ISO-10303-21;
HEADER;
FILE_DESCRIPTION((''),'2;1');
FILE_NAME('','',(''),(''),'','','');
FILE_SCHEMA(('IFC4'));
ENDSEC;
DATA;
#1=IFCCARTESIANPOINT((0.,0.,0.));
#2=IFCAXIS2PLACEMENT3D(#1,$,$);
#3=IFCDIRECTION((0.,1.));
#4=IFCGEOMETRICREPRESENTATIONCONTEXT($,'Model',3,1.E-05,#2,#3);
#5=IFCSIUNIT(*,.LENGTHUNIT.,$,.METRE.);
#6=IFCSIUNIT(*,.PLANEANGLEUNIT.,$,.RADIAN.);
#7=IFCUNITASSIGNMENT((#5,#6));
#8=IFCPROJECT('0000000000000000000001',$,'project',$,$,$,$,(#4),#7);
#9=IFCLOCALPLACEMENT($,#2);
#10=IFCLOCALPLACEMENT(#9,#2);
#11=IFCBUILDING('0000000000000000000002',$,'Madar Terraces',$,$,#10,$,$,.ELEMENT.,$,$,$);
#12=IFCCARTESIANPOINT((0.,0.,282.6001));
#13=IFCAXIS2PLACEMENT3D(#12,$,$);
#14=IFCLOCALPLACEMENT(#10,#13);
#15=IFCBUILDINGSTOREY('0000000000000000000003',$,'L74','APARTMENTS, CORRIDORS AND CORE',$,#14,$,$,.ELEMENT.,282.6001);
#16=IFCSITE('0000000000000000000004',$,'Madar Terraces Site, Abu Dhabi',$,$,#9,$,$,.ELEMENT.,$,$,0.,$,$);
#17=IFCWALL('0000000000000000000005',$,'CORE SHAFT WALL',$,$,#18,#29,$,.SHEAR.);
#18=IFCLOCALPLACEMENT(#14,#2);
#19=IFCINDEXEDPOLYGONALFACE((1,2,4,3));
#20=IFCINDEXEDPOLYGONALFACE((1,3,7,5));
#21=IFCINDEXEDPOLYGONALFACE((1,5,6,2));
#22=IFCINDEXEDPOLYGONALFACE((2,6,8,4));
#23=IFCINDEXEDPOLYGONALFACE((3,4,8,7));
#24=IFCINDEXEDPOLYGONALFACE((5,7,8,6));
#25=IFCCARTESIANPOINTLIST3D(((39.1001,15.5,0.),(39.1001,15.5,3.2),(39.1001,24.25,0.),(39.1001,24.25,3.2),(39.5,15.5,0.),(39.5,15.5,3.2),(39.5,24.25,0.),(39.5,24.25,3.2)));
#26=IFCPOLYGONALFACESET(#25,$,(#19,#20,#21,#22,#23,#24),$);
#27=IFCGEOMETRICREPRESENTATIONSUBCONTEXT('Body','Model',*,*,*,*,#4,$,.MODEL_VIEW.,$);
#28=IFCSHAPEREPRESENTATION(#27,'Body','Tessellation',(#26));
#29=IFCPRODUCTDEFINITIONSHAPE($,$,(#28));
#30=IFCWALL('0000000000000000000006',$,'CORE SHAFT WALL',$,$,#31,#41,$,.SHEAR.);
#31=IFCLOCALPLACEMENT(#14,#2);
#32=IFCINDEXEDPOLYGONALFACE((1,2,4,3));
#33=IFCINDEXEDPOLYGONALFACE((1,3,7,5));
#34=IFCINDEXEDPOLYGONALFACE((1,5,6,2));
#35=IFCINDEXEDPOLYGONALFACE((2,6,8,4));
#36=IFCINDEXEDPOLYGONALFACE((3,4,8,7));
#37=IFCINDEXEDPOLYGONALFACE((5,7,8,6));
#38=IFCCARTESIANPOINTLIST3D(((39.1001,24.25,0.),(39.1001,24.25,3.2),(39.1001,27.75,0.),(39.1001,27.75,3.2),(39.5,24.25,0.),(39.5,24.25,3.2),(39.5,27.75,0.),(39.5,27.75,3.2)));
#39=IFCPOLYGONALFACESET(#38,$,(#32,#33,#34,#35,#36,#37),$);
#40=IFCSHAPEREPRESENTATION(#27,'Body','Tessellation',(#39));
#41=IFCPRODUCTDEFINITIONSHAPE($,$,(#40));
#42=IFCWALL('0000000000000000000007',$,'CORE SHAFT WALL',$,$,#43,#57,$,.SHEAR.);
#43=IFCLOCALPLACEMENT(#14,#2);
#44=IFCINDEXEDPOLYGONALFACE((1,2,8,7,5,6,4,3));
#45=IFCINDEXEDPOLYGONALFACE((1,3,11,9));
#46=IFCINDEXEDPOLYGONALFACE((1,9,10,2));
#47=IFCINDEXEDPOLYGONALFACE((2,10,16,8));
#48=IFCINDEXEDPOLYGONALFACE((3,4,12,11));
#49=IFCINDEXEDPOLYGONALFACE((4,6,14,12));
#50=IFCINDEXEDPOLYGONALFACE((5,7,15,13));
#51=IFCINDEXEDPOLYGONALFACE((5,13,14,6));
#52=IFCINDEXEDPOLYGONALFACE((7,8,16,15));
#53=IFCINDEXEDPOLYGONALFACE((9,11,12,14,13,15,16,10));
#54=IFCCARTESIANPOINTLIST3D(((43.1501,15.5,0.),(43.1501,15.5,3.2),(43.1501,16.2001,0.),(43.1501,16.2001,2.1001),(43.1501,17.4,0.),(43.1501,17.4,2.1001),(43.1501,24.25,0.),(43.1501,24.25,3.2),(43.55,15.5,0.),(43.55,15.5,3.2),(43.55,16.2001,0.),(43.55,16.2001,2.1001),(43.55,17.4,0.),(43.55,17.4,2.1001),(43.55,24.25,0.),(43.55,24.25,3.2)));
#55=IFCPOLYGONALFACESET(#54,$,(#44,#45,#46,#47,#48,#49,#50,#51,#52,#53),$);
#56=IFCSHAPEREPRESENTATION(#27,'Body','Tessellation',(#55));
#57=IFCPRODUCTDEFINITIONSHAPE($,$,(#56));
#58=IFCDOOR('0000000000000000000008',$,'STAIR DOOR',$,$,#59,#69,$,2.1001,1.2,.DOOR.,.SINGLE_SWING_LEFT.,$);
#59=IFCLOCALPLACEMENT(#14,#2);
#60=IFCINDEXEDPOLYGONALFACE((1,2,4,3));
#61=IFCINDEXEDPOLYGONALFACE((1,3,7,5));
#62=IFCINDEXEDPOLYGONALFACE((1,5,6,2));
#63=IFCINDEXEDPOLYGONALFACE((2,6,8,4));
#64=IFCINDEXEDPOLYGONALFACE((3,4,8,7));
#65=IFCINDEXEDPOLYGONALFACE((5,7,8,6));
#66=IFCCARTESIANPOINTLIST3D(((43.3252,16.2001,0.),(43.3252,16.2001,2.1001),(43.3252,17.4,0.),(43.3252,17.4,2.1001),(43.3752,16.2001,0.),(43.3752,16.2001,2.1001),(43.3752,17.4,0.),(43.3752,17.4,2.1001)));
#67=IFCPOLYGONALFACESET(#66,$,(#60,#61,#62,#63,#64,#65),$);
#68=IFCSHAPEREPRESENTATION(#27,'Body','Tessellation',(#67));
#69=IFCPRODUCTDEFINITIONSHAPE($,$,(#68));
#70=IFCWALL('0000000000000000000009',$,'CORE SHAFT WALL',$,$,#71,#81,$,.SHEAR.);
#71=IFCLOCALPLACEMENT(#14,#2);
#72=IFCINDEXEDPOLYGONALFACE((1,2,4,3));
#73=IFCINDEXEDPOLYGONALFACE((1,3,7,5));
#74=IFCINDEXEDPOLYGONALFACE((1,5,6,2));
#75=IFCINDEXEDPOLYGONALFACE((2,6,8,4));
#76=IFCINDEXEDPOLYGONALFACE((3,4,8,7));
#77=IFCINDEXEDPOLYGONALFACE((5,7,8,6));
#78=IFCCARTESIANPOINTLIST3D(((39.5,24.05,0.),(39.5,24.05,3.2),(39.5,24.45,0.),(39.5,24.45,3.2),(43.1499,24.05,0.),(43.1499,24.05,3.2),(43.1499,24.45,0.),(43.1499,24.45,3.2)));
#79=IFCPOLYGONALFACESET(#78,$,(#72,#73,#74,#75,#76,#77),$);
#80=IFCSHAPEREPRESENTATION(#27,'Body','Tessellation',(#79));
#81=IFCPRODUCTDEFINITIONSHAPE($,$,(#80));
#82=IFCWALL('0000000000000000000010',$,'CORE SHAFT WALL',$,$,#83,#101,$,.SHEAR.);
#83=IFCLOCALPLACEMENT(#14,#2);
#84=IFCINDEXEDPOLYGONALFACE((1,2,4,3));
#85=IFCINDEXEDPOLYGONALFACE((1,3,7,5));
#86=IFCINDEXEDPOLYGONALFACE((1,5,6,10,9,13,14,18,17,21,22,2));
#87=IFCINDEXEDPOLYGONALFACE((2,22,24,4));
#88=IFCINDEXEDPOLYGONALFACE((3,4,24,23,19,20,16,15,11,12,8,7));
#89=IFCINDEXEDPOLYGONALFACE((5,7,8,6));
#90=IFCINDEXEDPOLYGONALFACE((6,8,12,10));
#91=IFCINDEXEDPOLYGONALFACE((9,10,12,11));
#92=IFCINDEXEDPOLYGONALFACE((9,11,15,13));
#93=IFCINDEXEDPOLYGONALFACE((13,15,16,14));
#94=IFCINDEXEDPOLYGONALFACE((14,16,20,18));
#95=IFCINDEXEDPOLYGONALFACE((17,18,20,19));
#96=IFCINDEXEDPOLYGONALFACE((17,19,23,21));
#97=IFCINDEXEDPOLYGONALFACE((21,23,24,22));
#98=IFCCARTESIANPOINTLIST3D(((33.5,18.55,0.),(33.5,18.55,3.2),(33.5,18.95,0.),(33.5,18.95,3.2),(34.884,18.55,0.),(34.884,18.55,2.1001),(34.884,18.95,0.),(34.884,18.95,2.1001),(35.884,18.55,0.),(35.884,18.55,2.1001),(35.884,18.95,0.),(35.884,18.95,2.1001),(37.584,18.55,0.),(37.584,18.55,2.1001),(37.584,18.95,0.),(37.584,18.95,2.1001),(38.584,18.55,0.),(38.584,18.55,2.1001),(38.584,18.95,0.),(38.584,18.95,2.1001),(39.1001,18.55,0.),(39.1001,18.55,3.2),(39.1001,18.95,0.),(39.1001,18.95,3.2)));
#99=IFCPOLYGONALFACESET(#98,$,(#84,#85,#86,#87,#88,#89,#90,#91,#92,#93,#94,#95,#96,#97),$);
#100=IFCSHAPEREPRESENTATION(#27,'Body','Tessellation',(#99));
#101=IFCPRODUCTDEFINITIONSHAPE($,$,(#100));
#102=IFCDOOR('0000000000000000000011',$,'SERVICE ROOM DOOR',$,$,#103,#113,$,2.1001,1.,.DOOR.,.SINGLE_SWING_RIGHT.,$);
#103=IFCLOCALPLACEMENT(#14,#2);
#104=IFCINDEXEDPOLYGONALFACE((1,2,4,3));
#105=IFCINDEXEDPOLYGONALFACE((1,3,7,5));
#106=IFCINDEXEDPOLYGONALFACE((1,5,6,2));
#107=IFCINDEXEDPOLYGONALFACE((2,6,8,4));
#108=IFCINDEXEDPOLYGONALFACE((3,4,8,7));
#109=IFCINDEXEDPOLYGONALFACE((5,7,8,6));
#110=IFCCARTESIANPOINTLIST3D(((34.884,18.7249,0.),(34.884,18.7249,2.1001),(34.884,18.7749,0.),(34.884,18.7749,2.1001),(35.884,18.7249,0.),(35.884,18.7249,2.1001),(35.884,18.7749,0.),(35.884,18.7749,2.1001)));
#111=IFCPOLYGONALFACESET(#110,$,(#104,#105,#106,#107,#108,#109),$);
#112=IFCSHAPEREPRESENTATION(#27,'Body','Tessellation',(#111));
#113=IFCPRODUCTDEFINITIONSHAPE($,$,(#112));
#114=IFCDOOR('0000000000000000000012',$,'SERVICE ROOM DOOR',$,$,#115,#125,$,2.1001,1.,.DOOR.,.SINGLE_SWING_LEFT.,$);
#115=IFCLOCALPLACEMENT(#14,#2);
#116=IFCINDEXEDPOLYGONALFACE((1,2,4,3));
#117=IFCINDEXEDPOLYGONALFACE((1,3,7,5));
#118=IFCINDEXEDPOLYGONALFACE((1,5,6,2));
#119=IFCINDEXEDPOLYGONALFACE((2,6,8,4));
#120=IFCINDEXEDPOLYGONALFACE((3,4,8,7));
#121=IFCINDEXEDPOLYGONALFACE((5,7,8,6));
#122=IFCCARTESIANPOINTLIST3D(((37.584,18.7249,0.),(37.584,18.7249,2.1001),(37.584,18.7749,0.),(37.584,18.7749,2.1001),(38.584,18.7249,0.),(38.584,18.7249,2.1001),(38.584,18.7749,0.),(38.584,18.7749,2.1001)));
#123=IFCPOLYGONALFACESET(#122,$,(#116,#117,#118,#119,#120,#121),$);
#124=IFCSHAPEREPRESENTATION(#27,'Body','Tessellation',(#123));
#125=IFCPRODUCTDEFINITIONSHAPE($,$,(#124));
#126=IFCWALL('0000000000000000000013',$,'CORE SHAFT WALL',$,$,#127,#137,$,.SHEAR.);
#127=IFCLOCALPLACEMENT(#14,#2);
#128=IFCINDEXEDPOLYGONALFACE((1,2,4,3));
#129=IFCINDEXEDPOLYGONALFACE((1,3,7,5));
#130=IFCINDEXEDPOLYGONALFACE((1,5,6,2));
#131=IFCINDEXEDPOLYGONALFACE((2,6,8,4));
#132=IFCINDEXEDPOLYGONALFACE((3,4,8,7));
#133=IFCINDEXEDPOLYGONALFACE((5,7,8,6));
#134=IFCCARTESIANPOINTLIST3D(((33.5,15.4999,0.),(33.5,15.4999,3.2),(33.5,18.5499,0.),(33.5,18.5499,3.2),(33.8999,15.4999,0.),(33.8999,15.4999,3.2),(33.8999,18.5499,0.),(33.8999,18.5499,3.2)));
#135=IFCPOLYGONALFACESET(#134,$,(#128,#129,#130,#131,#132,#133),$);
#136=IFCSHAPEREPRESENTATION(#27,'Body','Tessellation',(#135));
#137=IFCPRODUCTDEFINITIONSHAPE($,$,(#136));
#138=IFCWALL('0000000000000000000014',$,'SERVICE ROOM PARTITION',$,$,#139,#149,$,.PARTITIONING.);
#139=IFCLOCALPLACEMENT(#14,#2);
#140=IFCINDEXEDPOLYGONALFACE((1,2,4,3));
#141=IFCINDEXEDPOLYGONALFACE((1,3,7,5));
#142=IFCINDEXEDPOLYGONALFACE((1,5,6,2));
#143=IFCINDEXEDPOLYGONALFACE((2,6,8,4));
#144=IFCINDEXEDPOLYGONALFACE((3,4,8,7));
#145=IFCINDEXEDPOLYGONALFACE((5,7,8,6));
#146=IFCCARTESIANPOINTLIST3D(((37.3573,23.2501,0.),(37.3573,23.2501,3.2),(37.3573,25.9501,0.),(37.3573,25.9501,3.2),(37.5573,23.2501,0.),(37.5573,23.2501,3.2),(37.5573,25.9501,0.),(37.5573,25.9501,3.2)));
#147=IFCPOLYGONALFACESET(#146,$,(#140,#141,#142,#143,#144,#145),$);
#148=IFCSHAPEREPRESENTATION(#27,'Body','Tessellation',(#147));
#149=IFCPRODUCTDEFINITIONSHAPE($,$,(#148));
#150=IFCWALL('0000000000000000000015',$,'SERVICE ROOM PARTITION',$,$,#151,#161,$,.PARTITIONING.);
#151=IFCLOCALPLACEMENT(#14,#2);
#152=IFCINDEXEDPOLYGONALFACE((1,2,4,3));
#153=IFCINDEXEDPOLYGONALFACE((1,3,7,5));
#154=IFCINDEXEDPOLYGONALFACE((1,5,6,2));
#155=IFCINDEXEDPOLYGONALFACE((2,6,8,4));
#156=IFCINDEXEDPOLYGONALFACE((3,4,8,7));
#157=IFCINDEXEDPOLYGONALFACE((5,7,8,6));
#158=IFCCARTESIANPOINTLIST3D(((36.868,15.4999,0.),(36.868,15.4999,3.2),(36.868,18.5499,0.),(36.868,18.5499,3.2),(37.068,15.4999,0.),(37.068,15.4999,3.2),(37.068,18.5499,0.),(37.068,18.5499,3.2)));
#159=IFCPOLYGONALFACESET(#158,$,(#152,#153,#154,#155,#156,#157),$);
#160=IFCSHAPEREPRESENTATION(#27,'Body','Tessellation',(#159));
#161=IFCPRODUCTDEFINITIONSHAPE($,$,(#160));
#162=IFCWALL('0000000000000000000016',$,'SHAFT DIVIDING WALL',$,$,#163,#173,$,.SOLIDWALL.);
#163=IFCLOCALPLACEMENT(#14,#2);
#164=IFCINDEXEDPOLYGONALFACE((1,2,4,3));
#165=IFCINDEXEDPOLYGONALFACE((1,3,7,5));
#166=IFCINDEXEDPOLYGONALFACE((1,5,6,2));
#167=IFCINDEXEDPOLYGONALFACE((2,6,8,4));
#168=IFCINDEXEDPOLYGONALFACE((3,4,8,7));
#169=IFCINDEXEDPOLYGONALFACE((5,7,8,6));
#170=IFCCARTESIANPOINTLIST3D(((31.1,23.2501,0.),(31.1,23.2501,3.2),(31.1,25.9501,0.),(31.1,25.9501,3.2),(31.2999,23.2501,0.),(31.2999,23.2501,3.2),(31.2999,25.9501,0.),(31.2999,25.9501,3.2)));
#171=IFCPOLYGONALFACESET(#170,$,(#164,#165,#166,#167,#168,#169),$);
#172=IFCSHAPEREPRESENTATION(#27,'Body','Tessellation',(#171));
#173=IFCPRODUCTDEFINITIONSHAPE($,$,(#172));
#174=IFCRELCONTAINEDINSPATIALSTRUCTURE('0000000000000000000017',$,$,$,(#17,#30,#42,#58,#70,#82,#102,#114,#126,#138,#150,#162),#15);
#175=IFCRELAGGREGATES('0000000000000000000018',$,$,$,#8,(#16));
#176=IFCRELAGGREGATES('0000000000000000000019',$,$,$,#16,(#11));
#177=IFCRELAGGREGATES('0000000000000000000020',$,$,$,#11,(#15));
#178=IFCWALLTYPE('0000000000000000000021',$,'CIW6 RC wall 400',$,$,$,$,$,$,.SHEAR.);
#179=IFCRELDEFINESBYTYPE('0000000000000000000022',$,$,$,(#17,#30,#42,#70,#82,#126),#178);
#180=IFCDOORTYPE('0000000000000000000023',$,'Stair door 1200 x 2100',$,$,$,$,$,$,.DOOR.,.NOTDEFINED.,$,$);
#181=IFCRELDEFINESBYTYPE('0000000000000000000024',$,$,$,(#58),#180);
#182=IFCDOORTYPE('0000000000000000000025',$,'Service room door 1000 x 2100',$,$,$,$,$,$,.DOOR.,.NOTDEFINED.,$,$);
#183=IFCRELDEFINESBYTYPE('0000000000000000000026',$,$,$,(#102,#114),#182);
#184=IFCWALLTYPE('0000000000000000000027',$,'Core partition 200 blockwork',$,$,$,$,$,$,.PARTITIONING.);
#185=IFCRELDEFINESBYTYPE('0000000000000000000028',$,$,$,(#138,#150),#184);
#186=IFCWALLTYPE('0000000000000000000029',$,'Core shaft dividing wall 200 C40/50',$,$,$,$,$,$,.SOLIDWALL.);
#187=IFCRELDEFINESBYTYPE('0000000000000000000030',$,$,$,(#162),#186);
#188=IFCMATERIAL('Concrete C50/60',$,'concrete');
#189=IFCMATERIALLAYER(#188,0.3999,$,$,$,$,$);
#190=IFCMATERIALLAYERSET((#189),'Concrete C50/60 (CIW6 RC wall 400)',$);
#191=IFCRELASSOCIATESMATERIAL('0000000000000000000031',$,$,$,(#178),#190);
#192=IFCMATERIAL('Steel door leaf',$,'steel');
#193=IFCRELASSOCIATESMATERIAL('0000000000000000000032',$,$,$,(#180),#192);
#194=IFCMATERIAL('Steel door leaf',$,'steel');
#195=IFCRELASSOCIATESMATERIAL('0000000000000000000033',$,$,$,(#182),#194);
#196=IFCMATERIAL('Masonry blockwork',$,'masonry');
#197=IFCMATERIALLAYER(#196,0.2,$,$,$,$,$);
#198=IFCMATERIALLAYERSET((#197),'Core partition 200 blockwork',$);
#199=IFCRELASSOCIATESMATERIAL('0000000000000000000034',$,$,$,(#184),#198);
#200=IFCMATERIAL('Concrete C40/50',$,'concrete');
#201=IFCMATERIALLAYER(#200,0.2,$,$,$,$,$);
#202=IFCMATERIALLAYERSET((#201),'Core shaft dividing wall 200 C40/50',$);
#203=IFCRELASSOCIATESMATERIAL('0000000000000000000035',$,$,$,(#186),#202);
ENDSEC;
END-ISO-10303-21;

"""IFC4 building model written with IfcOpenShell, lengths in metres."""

from ifc_helpers import new_model, si_unit, direction, frame, frame_2d, origin, place, context, subcontext, project, spatial, rectangle, extrude, material, layer, layer_set, type_object, element, fill, save


model = new_model("IFC4")

# Units and contexts
model_context = context("Model", 3, precision=1e-05, world=origin(), true_north=direction((0.0, 1.0)))
body_context = subcontext(model_context, "Body", "Model", "MODEL_VIEW")
ifc_project = project(units=[si_unit("LENGTHUNIT", "METRE"), si_unit("PLANEANGLEUNIT", "RADIAN")], contexts=[model_context])

# Site, building, storey
site_placement = place(None, origin())
site = spatial("IfcSite", under=ifc_project, at=site_placement, Name="Madar Terraces Site, Abu Dhabi", CompositionType="ELEMENT", RefElevation=0.0)
building_placement = place(site_placement, origin())
building = spatial("IfcBuilding", under=site, at=building_placement, Name="Madar Terraces", CompositionType="ELEMENT")
storey_placement = place(building_placement, frame((0.0, 0.0, 282.6001)))
storey = spatial("IfcBuildingStorey", under=building, at=storey_placement, Name="L74", Description="APARTMENTS, CORRIDORS AND CORE", CompositionType="ELEMENT", Elevation=282.6001)

# Walls
ifc_material_1 = material(Name="Concrete C50/60", Category="concrete")
ifc_layer_1 = layer(ifc_material_1, 0.3999)
ifc_layer_set_1 = layer_set([ifc_layer_1], Name="Concrete C50/60 (CIW6 RC wall 400)")
wall_type_1 = type_object("IfcWallType", Name="CIW6 RC wall 400", PredefinedType="SHEAR", material=ifc_layer_set_1)
wall_1_placement = place(storey_placement, frame((39.3, 15.5, 0.0), z_axis=(0.0, 0.0, 1.0), x_axis=(0.0, 1.0, 0.0)))
element("IfcWall", 1, at=wall_1_placement, inside=storey, type_object=wall_type_1, Name="CORE SHAFT WALL", PredefinedType="SHEAR", context=body_context, shape_type="SweptSolid", body=[
    extrude(rectangle(XDim=8.75, YDim=0.3999, at=frame_2d((4.375, 0.0))), origin(), (0.0, 0.0, 1.0), 3.2),
])
wall_2_placement = place(storey_placement, frame((39.3, 24.25, 0.0), z_axis=(0.0, 0.0, 1.0), x_axis=(0.0, 1.0, 0.0)))
element("IfcWall", 2, at=wall_2_placement, inside=storey, type_object=wall_type_1, Name="CORE SHAFT WALL", PredefinedType="SHEAR", context=body_context, shape_type="SweptSolid", body=[
    extrude(rectangle(XDim=3.5, YDim=0.3999, at=frame_2d((1.75, 0.0))), origin(), (0.0, 0.0, 1.0), 3.2),
])

# Wall, opening, door
wall_3_placement = place(storey_placement, frame((43.3501, 15.5, 0.0), z_axis=(0.0, 0.0, 1.0), x_axis=(0.0, 1.0, 0.0)))
wall_3 = element("IfcWall", 3, at=wall_3_placement, inside=storey, type_object=wall_type_1, Name="CORE SHAFT WALL", PredefinedType="SHEAR", context=body_context, shape_type="SweptSolid", body=[
    extrude(rectangle(XDim=8.75, YDim=0.3999, at=frame_2d((4.375, 0.0))), origin(), (0.0, 0.0, 1.0), 3.2),
])
opening_1_placement = place(wall_3_placement, frame((0.7, 0.0, 0.0)))
opening_1 = element("IfcOpeningElement", 4, at=opening_1_placement, cuts=wall_3, PredefinedType="OPENING", context=body_context, shape_type="SweptSolid", body=[
    extrude(rectangle(XDim=1.2, YDim=2.1001, at=frame_2d((0.6001, 1.05))), frame((0.0, 0.21, 0.0), z_axis=(0.0, -1.0, 0.0), x_axis=(1.0, 0.0, 0.0)), (0.0, 0.0, 1.0), 0.4199),
])
ifc_material_2 = material(Name="Steel door leaf", Category="steel")
door_type_1 = type_object("IfcDoorType", Name="Stair door 1200 x 2100", OperationType="NOTDEFINED", PredefinedType="DOOR", material=ifc_material_2)
door_1_placement = place(opening_1_placement, origin())
door_1 = element("IfcDoor", 5, at=door_1_placement, inside=storey, type_object=door_type_1, Name="STAIR DOOR", OperationType="SINGLE_SWING_LEFT", OverallHeight=2.1001, OverallWidth=1.2, PredefinedType="DOOR", context=body_context, shape_type="SweptSolid", body=[
    extrude(rectangle(XDim=1.2, YDim=2.1001, at=frame_2d((0.6001, 1.05))), frame((0.0, 0.0249, 0.0), z_axis=(0.0, -1.0, 0.0), x_axis=(1.0, 0.0, 0.0)), (0.0, 0.0, 1.0), 0.05),
])
fill(opening_1, door_1)

# Wall
wall_4_placement = place(storey_placement, frame((39.5, 24.25, 0.0), z_axis=(0.0, 0.0, 1.0), x_axis=(1.0, 0.0, 0.0)))
element("IfcWall", 6, at=wall_4_placement, inside=storey, type_object=wall_type_1, Name="CORE SHAFT WALL", PredefinedType="SHEAR", context=body_context, shape_type="SweptSolid", body=[
    extrude(rectangle(XDim=3.6499, YDim=0.3999, at=frame_2d((1.825, 0.0))), origin(), (0.0, 0.0, 1.0), 3.2),
])

# Wall, openings, doors
wall_5_placement = place(storey_placement, frame((33.5, 18.75, 0.0), z_axis=(0.0, 0.0, 1.0), x_axis=(1.0, 0.0, 0.0)))
wall_5 = element("IfcWall", 7, at=wall_5_placement, inside=storey, type_object=wall_type_1, Name="CORE SHAFT WALL", PredefinedType="SHEAR", context=body_context, shape_type="SweptSolid", body=[
    extrude(rectangle(XDim=5.6001, YDim=0.3999, at=frame_2d((2.8, 0.0))), origin(), (0.0, 0.0, 1.0), 3.2),
])
opening_2_placement = place(wall_5_placement, frame((1.384, 0.0, 0.0)))
opening_2 = element("IfcOpeningElement", 8, at=opening_2_placement, cuts=wall_5, PredefinedType="OPENING", context=body_context, shape_type="SweptSolid", body=[
    extrude(rectangle(XDim=1.0, YDim=2.1001, at=frame_2d((0.5, 1.05))), frame((0.0, 0.21, 0.0), z_axis=(0.0, -1.0, 0.0), x_axis=(1.0, 0.0, 0.0)), (0.0, 0.0, 1.0), 0.4199),
])
opening_3_placement = place(wall_5_placement, frame((4.084, 0.0, 0.0)))
opening_3 = element("IfcOpeningElement", 9, at=opening_3_placement, cuts=wall_5, PredefinedType="OPENING", context=body_context, shape_type="SweptSolid", body=[
    extrude(rectangle(XDim=1.0, YDim=2.1001, at=frame_2d((0.5, 1.05))), frame((0.0, 0.21, 0.0), z_axis=(0.0, -1.0, 0.0), x_axis=(1.0, 0.0, 0.0)), (0.0, 0.0, 1.0), 0.4199),
])
ifc_material_3 = material(Name="Steel door leaf", Category="steel")
door_type_2 = type_object("IfcDoorType", Name="Service room door 1000 x 2100", OperationType="NOTDEFINED", PredefinedType="DOOR", material=ifc_material_3)
door_2_placement = place(opening_2_placement, origin())
door_2 = element("IfcDoor", 10, at=door_2_placement, inside=storey, type_object=door_type_2, Name="SERVICE ROOM DOOR", OperationType="SINGLE_SWING_RIGHT", OverallHeight=2.1001, OverallWidth=1.0, PredefinedType="DOOR", context=body_context, shape_type="SweptSolid", body=[
    extrude(rectangle(XDim=1.0, YDim=2.1001, at=frame_2d((0.5, 1.05))), frame((0.0, 0.0249, 0.0), z_axis=(0.0, -1.0, 0.0), x_axis=(1.0, 0.0, 0.0)), (0.0, 0.0, 1.0), 0.05),
])
fill(opening_2, door_2)
door_3_placement = place(opening_3_placement, origin())
door_3 = element("IfcDoor", 11, at=door_3_placement, inside=storey, type_object=door_type_2, Name="SERVICE ROOM DOOR", OperationType="SINGLE_SWING_LEFT", OverallHeight=2.1001, OverallWidth=1.0, PredefinedType="DOOR", context=body_context, shape_type="SweptSolid", body=[
    extrude(rectangle(XDim=1.0, YDim=2.1001, at=frame_2d((0.5, 1.05))), frame((0.0, 0.0249, 0.0), z_axis=(0.0, -1.0, 0.0), x_axis=(1.0, 0.0, 0.0)), (0.0, 0.0, 1.0), 0.05),
])
fill(opening_3, door_3)

# Walls
wall_6_placement = place(storey_placement, frame((33.7, 15.5, 0.0), z_axis=(0.0, 0.0, 1.0), x_axis=(0.0, 1.0, 0.0)))
element("IfcWall", 12, at=wall_6_placement, inside=storey, type_object=wall_type_1, Name="CORE SHAFT WALL", PredefinedType="SHEAR", context=body_context, shape_type="SweptSolid", body=[
    extrude(rectangle(XDim=3.05, YDim=0.3999, at=frame_2d((1.5249, 0.0))), origin(), (0.0, 0.0, 1.0), 3.2),
])
ifc_material_4 = material(Name="Masonry blockwork", Category="masonry")
ifc_layer_2 = layer(ifc_material_4, 0.2)
ifc_layer_set_2 = layer_set([ifc_layer_2], Name="Core partition 200 blockwork")
wall_type_2 = type_object("IfcWallType", Name="Core partition 200 blockwork", PredefinedType="PARTITIONING", material=ifc_layer_set_2)
wall_7_placement = place(storey_placement, frame((37.4573, 23.25, 0.0), z_axis=(0.0, 0.0, 1.0), x_axis=(0.0, 1.0, 0.0)))
element("IfcWall", 13, at=wall_7_placement, inside=storey, type_object=wall_type_2, Name="SERVICE ROOM PARTITION", PredefinedType="PARTITIONING", context=body_context, shape_type="SweptSolid", body=[
    extrude(rectangle(XDim=2.7, YDim=0.2, at=frame_2d((1.3501, 0.0))), origin(), (0.0, 0.0, 1.0), 3.2),
])
wall_8_placement = place(storey_placement, frame((36.968, 15.5, 0.0), z_axis=(0.0, 0.0, 1.0), x_axis=(0.0, 1.0, 0.0)))
element("IfcWall", 14, at=wall_8_placement, inside=storey, type_object=wall_type_2, Name="SERVICE ROOM PARTITION", PredefinedType="PARTITIONING", context=body_context, shape_type="SweptSolid", body=[
    extrude(rectangle(XDim=3.05, YDim=0.2, at=frame_2d((1.5249, 0.0))), origin(), (0.0, 0.0, 1.0), 3.2),
])
ifc_material_5 = material(Name="Concrete C40/50", Category="concrete")
ifc_layer_3 = layer(ifc_material_5, 0.2)
ifc_layer_set_3 = layer_set([ifc_layer_3], Name="Core shaft dividing wall 200 C40/50")
wall_type_3 = type_object("IfcWallType", Name="Core shaft dividing wall 200 C40/50", PredefinedType="SOLIDWALL", material=ifc_layer_set_3)
for number, where, z_axis, x_axis, name in (
    (15, (31.2, 23.25, 0.0), (0.0, 0.0, 1.0), (0.0, 1.0, 0.0), "SHAFT DIVIDING WALL"),
):
    element("IfcWall", number, at=place(storey_placement, frame(where, z_axis=z_axis, x_axis=x_axis)), inside=storey, type_object=wall_type_3, Name=name, PredefinedType="SOLIDWALL", context=body_context, shape_type="SweptSolid", body=[
        extrude(rectangle(XDim=2.7, YDim=0.2, at=frame_2d((1.3501, 0.0))), origin(), (0.0, 0.0, 1.0), 3.2),
    ])

save(model, "model.ifc")
